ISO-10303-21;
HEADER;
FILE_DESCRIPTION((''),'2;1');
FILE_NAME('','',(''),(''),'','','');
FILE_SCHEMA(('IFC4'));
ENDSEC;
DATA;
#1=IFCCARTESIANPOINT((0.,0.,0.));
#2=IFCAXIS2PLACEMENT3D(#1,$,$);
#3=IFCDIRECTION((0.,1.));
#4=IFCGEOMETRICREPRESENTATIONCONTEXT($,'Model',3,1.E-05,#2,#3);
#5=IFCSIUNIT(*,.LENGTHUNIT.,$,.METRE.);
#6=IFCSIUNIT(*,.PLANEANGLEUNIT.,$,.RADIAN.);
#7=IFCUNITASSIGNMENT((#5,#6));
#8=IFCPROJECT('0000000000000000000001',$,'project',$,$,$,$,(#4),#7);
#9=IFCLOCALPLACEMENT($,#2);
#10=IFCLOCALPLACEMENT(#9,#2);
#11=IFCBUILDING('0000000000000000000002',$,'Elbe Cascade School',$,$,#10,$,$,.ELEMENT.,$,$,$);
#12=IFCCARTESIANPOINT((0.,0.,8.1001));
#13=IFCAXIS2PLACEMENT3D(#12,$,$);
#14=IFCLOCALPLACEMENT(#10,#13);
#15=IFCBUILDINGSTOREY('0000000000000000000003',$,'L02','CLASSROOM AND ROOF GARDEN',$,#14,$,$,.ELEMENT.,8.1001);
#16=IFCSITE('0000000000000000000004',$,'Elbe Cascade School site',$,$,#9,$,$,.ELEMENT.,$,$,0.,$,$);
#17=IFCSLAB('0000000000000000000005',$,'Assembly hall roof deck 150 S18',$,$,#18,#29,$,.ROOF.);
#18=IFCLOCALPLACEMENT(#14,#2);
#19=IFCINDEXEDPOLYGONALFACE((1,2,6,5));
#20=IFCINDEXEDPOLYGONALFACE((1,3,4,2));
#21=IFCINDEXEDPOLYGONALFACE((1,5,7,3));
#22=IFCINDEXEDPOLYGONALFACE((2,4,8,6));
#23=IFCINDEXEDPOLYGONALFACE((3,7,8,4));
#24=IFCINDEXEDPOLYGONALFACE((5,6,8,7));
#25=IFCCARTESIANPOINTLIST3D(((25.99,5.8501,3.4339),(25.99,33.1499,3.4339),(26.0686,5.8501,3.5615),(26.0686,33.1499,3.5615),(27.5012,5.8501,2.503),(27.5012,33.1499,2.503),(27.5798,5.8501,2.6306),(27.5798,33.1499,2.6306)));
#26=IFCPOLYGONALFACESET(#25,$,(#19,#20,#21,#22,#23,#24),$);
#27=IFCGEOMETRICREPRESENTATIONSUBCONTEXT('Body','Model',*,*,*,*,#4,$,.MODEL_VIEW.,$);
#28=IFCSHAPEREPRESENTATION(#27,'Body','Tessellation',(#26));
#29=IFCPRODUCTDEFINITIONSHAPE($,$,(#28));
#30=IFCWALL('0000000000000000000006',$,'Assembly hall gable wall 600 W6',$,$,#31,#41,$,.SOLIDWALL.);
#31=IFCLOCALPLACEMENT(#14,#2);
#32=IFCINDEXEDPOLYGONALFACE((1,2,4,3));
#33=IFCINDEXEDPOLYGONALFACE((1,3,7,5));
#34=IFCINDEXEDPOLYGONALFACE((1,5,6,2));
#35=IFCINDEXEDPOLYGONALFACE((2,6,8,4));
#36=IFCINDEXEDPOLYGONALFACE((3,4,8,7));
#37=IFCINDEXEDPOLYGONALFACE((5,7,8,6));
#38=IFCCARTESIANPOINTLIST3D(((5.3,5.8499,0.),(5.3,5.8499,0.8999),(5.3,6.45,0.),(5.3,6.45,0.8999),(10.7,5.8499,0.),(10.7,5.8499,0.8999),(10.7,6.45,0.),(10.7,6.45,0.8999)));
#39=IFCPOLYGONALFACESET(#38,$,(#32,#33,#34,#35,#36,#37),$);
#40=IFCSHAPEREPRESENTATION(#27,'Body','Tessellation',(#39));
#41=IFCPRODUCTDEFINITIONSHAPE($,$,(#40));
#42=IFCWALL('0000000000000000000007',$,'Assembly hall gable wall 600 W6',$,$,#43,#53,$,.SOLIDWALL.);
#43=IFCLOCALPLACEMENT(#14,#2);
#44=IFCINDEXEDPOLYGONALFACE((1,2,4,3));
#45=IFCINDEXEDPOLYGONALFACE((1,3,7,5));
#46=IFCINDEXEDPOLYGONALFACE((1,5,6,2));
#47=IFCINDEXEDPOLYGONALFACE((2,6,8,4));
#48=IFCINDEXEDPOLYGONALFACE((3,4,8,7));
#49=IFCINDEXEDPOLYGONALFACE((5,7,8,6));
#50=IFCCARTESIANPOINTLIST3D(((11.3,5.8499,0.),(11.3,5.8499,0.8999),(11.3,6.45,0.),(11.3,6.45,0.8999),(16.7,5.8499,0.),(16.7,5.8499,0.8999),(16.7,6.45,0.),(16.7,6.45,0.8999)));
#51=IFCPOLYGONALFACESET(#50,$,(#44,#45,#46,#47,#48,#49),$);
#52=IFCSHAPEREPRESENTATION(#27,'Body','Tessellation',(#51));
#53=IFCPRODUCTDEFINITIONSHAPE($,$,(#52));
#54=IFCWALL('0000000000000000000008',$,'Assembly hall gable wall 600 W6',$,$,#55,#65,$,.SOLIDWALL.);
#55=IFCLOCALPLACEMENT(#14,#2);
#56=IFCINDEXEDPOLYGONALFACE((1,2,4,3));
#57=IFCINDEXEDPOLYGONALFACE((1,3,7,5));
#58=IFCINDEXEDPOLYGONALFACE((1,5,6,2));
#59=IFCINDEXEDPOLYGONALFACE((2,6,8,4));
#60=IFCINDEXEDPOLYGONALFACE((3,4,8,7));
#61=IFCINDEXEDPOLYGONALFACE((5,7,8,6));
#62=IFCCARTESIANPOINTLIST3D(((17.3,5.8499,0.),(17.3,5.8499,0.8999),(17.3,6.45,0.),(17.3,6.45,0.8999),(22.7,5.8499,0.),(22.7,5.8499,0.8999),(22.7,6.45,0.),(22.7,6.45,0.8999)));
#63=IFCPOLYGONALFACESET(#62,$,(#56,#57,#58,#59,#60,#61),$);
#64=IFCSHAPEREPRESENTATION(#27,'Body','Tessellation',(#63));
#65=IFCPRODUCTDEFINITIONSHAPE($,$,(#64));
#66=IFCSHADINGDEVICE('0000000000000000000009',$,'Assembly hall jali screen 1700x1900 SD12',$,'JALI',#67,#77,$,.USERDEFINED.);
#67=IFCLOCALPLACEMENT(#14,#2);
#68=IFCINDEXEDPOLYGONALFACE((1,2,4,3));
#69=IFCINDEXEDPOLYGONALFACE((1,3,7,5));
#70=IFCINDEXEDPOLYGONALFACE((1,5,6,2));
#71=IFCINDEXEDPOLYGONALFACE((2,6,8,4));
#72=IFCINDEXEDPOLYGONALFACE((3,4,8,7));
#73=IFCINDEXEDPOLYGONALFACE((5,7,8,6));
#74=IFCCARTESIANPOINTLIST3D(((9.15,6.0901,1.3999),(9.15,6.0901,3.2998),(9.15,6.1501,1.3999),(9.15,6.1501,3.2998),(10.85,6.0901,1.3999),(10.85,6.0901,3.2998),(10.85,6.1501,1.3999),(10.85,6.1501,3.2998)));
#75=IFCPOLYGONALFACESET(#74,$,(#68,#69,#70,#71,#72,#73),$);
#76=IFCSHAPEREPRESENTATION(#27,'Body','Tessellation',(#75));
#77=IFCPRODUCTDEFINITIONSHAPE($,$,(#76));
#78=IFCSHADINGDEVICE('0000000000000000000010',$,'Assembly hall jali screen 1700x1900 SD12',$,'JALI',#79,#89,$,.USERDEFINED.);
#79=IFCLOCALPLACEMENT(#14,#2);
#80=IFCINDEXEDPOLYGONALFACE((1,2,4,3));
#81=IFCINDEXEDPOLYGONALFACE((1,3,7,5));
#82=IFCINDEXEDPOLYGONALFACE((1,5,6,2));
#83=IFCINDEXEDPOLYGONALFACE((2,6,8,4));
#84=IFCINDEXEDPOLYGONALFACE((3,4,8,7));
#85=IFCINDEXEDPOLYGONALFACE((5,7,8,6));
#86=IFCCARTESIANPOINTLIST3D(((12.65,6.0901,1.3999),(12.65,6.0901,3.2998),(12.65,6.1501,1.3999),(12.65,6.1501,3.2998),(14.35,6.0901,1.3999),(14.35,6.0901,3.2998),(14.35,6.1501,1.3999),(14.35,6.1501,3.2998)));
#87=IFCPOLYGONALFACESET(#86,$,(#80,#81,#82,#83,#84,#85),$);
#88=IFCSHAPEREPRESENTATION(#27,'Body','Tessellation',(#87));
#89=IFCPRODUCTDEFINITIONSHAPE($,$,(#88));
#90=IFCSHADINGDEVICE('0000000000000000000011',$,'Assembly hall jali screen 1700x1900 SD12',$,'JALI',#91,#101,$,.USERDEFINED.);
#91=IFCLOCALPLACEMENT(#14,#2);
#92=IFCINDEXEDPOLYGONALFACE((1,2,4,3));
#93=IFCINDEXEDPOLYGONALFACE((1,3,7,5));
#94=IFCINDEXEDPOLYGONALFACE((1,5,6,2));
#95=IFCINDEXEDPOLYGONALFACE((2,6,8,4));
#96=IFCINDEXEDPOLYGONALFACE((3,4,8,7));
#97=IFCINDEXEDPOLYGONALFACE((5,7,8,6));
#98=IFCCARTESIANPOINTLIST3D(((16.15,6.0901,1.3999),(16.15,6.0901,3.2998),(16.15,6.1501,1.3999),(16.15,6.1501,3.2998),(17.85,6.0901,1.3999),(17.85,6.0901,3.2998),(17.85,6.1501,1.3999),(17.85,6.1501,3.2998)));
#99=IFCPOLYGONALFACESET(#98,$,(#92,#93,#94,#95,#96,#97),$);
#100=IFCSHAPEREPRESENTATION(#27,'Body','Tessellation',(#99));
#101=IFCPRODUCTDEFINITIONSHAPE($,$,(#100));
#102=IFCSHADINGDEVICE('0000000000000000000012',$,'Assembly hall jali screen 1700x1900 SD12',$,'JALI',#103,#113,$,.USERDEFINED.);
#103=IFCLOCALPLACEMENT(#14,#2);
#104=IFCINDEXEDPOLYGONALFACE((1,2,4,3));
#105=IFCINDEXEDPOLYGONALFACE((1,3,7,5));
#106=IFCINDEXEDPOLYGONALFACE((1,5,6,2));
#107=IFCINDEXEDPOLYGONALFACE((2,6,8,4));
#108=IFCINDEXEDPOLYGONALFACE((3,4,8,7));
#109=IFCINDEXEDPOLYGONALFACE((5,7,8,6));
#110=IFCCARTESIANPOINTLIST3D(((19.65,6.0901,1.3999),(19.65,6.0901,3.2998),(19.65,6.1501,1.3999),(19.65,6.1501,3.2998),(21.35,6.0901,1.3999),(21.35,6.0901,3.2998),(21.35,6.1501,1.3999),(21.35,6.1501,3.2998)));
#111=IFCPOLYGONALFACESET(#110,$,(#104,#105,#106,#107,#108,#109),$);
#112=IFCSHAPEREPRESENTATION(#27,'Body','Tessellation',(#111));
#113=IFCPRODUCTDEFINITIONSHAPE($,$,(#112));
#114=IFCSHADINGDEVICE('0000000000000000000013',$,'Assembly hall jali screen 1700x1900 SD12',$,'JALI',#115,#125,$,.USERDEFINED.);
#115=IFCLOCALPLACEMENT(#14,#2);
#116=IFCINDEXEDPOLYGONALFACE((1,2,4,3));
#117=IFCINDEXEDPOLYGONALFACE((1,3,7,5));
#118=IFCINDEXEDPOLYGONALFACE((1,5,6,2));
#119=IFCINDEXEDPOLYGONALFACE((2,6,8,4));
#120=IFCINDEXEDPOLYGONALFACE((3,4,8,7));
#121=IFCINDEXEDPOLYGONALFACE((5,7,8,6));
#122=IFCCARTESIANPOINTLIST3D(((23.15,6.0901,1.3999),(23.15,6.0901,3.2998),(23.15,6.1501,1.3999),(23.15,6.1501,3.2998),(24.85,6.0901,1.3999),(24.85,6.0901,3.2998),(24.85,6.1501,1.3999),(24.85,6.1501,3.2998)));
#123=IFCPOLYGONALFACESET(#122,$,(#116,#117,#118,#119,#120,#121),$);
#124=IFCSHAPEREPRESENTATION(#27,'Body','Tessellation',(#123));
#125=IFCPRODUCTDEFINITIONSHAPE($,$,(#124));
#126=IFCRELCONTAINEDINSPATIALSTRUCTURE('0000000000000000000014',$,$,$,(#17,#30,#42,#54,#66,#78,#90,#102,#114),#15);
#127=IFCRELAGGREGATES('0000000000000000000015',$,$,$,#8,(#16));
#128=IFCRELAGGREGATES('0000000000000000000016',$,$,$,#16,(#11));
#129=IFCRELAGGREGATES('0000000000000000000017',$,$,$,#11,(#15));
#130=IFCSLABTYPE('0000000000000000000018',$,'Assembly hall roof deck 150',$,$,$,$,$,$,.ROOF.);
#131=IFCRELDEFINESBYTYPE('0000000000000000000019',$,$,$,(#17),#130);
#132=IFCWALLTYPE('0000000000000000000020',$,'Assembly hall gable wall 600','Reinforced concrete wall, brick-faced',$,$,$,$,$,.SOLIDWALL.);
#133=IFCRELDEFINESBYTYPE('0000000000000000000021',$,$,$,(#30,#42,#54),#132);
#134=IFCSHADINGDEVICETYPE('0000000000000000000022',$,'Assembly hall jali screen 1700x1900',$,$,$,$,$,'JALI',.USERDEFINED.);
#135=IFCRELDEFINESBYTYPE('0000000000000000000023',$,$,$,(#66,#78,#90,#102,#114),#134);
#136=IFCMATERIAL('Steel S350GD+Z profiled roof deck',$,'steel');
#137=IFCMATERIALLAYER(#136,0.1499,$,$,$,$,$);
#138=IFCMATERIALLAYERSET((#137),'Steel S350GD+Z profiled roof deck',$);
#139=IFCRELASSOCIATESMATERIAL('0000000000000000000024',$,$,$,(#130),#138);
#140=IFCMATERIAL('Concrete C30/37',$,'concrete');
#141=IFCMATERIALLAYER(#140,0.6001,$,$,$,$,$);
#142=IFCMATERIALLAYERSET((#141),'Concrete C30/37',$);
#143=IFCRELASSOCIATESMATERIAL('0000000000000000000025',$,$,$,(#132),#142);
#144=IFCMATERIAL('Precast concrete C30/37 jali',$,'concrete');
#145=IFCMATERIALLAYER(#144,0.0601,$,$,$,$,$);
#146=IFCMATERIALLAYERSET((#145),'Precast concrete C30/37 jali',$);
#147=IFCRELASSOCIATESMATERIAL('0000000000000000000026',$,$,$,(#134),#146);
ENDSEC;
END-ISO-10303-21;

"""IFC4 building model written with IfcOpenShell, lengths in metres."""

from ifc_helpers import new_model, si_unit, direction, frame, frame_2d, origin, origin_2d, place, context, subcontext, project, spatial, polyline, rectangle, outline, extrude, material, layer, layer_set, type_object, element, save


model = new_model("IFC4")

# Units and contexts
model_context = context("Model", 3, precision=1e-05, world=origin(), true_north=direction((0.0, 1.0)))
body_context = subcontext(model_context, "Body", "Model", "MODEL_VIEW")
ifc_project = project(units=[si_unit("LENGTHUNIT", "METRE"), si_unit("PLANEANGLEUNIT", "RADIAN")], contexts=[model_context])

# Site, building, storey
site_placement = place(None, origin())
site = spatial("IfcSite", under=ifc_project, at=site_placement, Name="Elbe Cascade School site", CompositionType="ELEMENT", RefElevation=0.0)
building_placement = place(site_placement, origin())
building = spatial("IfcBuilding", under=site, at=building_placement, Name="Elbe Cascade School", CompositionType="ELEMENT")
storey_placement = place(building_placement, frame((0.0, 0.0, 8.1001)))
storey = spatial("IfcBuildingStorey", under=building, at=storey_placement, Name="L02", Description="CLASSROOM AND ROOF GARDEN", CompositionType="ELEMENT", Elevation=8.1001)

# Slab
ifc_material_1 = material(Name="Steel S350GD+Z profiled roof deck", Category="steel")
ifc_layer_1 = layer(ifc_material_1, 0.1499)
ifc_layer_set_1 = layer_set([ifc_layer_1], Name="Steel S350GD+Z profiled roof deck")
slab_type = type_object("IfcSlabType", Name="Assembly hall roof deck 150", PredefinedType="ROOF", material=ifc_layer_set_1)
slab_placement = place(storey_placement, frame((26.0686, 5.8501, 3.5615), z_axis=(0.524473, 0.0, 0.851427), x_axis=(0.851427, 0.0, -0.524473)))
element("IfcSlab", 1, at=slab_placement, inside=storey, type_object=slab_type, Name="Assembly hall roof deck 150 S18", PredefinedType="ROOF", context=body_context, shape_type="SweptSolid", body=[
    extrude(outline(polyline([(0.0, 0.0), (1.7749, 0.0), (1.7749, 27.2998), (0.0, 27.2998), (0.0, 0.0)])), origin(), (0.0, 0.0, -1.0), 0.1499),
])

# Walls
ifc_material_2 = material(Name="Concrete C30/37", Category="concrete")
ifc_layer_2 = layer(ifc_material_2, 0.6001)
ifc_layer_set_2 = layer_set([ifc_layer_2], Name="Concrete C30/37")
wall_type = type_object("IfcWallType", Name="Assembly hall gable wall 600", Description="Reinforced concrete wall, brick-faced", PredefinedType="SOLIDWALL", material=ifc_layer_set_2)
for number, where, z_axis, x_axis, name in (
    (2, (10.7, 6.1499, 0.0), (0.0, 0.0, 1.0), (-1.0, 0.0, 0.0), "Assembly hall gable wall 600 W6"),
    (3, (16.7, 6.1499, 0.0), (0.0, 0.0, 1.0), (-1.0, 0.0, 0.0), "Assembly hall gable wall 600 W6"),
    (4, (22.7, 6.1499, 0.0), (0.0, 0.0, 1.0), (-1.0, 0.0, 0.0), "Assembly hall gable wall 600 W6"),
):
    element("IfcWall", number, at=place(storey_placement, frame(where, z_axis=z_axis, x_axis=x_axis)), inside=storey, type_object=wall_type, Name=name, PredefinedType="SOLIDWALL", context=body_context, shape_type="SweptSolid", body=[
        extrude(rectangle(XDim=5.3999, YDim=0.6001, at=frame_2d((2.7, 0.0))), origin(), (0.0, 0.0, 1.0), 0.8999),
    ])

# Shading devices
ifc_material_3 = material(Name="Precast concrete C30/37 jali", Category="concrete")
ifc_layer_3 = layer(ifc_material_3, 0.0601)
ifc_layer_set_3 = layer_set([ifc_layer_3], Name="Precast concrete C30/37 jali")
shading_device_type = type_object("IfcShadingDeviceType", Name="Assembly hall jali screen 1700x1900", ElementType="JALI", PredefinedType="USERDEFINED", material=ifc_layer_set_3)
for number, where, z_axis, x_axis, name in (
    (5, (10.0, 6.1201, 1.3999), (0.0, 0.0, 1.0), (1.0, 0.0, 0.0), "Assembly hall jali screen 1700x1900 SD12"),
    (6, (13.5, 6.1201, 1.3999), (0.0, 0.0, 1.0), (1.0, 0.0, 0.0), "Assembly hall jali screen 1700x1900 SD12"),
    (7, (17.0, 6.1201, 1.3999), (0.0, 0.0, 1.0), (1.0, 0.0, 0.0), "Assembly hall jali screen 1700x1900 SD12"),
    (8, (20.5, 6.1201, 1.3999), (0.0, 0.0, 1.0), (1.0, 0.0, 0.0), "Assembly hall jali screen 1700x1900 SD12"),
    (9, (24.0, 6.1201, 1.3999), (0.0, 0.0, 1.0), (1.0, 0.0, 0.0), "Assembly hall jali screen 1700x1900 SD12"),
):
    element("IfcShadingDevice", number, at=place(storey_placement, frame(where, z_axis=z_axis, x_axis=x_axis)), inside=storey, type_object=shading_device_type, Name=name, ObjectType="JALI", PredefinedType="USERDEFINED", context=body_context, shape_type="SweptSolid", body=[
        extrude(rectangle(XDim=1.7, YDim=0.0601, at=origin_2d()), origin(), (0.0, 0.0, 1.0), 1.8999),
    ])

save(model, "model.ifc")
